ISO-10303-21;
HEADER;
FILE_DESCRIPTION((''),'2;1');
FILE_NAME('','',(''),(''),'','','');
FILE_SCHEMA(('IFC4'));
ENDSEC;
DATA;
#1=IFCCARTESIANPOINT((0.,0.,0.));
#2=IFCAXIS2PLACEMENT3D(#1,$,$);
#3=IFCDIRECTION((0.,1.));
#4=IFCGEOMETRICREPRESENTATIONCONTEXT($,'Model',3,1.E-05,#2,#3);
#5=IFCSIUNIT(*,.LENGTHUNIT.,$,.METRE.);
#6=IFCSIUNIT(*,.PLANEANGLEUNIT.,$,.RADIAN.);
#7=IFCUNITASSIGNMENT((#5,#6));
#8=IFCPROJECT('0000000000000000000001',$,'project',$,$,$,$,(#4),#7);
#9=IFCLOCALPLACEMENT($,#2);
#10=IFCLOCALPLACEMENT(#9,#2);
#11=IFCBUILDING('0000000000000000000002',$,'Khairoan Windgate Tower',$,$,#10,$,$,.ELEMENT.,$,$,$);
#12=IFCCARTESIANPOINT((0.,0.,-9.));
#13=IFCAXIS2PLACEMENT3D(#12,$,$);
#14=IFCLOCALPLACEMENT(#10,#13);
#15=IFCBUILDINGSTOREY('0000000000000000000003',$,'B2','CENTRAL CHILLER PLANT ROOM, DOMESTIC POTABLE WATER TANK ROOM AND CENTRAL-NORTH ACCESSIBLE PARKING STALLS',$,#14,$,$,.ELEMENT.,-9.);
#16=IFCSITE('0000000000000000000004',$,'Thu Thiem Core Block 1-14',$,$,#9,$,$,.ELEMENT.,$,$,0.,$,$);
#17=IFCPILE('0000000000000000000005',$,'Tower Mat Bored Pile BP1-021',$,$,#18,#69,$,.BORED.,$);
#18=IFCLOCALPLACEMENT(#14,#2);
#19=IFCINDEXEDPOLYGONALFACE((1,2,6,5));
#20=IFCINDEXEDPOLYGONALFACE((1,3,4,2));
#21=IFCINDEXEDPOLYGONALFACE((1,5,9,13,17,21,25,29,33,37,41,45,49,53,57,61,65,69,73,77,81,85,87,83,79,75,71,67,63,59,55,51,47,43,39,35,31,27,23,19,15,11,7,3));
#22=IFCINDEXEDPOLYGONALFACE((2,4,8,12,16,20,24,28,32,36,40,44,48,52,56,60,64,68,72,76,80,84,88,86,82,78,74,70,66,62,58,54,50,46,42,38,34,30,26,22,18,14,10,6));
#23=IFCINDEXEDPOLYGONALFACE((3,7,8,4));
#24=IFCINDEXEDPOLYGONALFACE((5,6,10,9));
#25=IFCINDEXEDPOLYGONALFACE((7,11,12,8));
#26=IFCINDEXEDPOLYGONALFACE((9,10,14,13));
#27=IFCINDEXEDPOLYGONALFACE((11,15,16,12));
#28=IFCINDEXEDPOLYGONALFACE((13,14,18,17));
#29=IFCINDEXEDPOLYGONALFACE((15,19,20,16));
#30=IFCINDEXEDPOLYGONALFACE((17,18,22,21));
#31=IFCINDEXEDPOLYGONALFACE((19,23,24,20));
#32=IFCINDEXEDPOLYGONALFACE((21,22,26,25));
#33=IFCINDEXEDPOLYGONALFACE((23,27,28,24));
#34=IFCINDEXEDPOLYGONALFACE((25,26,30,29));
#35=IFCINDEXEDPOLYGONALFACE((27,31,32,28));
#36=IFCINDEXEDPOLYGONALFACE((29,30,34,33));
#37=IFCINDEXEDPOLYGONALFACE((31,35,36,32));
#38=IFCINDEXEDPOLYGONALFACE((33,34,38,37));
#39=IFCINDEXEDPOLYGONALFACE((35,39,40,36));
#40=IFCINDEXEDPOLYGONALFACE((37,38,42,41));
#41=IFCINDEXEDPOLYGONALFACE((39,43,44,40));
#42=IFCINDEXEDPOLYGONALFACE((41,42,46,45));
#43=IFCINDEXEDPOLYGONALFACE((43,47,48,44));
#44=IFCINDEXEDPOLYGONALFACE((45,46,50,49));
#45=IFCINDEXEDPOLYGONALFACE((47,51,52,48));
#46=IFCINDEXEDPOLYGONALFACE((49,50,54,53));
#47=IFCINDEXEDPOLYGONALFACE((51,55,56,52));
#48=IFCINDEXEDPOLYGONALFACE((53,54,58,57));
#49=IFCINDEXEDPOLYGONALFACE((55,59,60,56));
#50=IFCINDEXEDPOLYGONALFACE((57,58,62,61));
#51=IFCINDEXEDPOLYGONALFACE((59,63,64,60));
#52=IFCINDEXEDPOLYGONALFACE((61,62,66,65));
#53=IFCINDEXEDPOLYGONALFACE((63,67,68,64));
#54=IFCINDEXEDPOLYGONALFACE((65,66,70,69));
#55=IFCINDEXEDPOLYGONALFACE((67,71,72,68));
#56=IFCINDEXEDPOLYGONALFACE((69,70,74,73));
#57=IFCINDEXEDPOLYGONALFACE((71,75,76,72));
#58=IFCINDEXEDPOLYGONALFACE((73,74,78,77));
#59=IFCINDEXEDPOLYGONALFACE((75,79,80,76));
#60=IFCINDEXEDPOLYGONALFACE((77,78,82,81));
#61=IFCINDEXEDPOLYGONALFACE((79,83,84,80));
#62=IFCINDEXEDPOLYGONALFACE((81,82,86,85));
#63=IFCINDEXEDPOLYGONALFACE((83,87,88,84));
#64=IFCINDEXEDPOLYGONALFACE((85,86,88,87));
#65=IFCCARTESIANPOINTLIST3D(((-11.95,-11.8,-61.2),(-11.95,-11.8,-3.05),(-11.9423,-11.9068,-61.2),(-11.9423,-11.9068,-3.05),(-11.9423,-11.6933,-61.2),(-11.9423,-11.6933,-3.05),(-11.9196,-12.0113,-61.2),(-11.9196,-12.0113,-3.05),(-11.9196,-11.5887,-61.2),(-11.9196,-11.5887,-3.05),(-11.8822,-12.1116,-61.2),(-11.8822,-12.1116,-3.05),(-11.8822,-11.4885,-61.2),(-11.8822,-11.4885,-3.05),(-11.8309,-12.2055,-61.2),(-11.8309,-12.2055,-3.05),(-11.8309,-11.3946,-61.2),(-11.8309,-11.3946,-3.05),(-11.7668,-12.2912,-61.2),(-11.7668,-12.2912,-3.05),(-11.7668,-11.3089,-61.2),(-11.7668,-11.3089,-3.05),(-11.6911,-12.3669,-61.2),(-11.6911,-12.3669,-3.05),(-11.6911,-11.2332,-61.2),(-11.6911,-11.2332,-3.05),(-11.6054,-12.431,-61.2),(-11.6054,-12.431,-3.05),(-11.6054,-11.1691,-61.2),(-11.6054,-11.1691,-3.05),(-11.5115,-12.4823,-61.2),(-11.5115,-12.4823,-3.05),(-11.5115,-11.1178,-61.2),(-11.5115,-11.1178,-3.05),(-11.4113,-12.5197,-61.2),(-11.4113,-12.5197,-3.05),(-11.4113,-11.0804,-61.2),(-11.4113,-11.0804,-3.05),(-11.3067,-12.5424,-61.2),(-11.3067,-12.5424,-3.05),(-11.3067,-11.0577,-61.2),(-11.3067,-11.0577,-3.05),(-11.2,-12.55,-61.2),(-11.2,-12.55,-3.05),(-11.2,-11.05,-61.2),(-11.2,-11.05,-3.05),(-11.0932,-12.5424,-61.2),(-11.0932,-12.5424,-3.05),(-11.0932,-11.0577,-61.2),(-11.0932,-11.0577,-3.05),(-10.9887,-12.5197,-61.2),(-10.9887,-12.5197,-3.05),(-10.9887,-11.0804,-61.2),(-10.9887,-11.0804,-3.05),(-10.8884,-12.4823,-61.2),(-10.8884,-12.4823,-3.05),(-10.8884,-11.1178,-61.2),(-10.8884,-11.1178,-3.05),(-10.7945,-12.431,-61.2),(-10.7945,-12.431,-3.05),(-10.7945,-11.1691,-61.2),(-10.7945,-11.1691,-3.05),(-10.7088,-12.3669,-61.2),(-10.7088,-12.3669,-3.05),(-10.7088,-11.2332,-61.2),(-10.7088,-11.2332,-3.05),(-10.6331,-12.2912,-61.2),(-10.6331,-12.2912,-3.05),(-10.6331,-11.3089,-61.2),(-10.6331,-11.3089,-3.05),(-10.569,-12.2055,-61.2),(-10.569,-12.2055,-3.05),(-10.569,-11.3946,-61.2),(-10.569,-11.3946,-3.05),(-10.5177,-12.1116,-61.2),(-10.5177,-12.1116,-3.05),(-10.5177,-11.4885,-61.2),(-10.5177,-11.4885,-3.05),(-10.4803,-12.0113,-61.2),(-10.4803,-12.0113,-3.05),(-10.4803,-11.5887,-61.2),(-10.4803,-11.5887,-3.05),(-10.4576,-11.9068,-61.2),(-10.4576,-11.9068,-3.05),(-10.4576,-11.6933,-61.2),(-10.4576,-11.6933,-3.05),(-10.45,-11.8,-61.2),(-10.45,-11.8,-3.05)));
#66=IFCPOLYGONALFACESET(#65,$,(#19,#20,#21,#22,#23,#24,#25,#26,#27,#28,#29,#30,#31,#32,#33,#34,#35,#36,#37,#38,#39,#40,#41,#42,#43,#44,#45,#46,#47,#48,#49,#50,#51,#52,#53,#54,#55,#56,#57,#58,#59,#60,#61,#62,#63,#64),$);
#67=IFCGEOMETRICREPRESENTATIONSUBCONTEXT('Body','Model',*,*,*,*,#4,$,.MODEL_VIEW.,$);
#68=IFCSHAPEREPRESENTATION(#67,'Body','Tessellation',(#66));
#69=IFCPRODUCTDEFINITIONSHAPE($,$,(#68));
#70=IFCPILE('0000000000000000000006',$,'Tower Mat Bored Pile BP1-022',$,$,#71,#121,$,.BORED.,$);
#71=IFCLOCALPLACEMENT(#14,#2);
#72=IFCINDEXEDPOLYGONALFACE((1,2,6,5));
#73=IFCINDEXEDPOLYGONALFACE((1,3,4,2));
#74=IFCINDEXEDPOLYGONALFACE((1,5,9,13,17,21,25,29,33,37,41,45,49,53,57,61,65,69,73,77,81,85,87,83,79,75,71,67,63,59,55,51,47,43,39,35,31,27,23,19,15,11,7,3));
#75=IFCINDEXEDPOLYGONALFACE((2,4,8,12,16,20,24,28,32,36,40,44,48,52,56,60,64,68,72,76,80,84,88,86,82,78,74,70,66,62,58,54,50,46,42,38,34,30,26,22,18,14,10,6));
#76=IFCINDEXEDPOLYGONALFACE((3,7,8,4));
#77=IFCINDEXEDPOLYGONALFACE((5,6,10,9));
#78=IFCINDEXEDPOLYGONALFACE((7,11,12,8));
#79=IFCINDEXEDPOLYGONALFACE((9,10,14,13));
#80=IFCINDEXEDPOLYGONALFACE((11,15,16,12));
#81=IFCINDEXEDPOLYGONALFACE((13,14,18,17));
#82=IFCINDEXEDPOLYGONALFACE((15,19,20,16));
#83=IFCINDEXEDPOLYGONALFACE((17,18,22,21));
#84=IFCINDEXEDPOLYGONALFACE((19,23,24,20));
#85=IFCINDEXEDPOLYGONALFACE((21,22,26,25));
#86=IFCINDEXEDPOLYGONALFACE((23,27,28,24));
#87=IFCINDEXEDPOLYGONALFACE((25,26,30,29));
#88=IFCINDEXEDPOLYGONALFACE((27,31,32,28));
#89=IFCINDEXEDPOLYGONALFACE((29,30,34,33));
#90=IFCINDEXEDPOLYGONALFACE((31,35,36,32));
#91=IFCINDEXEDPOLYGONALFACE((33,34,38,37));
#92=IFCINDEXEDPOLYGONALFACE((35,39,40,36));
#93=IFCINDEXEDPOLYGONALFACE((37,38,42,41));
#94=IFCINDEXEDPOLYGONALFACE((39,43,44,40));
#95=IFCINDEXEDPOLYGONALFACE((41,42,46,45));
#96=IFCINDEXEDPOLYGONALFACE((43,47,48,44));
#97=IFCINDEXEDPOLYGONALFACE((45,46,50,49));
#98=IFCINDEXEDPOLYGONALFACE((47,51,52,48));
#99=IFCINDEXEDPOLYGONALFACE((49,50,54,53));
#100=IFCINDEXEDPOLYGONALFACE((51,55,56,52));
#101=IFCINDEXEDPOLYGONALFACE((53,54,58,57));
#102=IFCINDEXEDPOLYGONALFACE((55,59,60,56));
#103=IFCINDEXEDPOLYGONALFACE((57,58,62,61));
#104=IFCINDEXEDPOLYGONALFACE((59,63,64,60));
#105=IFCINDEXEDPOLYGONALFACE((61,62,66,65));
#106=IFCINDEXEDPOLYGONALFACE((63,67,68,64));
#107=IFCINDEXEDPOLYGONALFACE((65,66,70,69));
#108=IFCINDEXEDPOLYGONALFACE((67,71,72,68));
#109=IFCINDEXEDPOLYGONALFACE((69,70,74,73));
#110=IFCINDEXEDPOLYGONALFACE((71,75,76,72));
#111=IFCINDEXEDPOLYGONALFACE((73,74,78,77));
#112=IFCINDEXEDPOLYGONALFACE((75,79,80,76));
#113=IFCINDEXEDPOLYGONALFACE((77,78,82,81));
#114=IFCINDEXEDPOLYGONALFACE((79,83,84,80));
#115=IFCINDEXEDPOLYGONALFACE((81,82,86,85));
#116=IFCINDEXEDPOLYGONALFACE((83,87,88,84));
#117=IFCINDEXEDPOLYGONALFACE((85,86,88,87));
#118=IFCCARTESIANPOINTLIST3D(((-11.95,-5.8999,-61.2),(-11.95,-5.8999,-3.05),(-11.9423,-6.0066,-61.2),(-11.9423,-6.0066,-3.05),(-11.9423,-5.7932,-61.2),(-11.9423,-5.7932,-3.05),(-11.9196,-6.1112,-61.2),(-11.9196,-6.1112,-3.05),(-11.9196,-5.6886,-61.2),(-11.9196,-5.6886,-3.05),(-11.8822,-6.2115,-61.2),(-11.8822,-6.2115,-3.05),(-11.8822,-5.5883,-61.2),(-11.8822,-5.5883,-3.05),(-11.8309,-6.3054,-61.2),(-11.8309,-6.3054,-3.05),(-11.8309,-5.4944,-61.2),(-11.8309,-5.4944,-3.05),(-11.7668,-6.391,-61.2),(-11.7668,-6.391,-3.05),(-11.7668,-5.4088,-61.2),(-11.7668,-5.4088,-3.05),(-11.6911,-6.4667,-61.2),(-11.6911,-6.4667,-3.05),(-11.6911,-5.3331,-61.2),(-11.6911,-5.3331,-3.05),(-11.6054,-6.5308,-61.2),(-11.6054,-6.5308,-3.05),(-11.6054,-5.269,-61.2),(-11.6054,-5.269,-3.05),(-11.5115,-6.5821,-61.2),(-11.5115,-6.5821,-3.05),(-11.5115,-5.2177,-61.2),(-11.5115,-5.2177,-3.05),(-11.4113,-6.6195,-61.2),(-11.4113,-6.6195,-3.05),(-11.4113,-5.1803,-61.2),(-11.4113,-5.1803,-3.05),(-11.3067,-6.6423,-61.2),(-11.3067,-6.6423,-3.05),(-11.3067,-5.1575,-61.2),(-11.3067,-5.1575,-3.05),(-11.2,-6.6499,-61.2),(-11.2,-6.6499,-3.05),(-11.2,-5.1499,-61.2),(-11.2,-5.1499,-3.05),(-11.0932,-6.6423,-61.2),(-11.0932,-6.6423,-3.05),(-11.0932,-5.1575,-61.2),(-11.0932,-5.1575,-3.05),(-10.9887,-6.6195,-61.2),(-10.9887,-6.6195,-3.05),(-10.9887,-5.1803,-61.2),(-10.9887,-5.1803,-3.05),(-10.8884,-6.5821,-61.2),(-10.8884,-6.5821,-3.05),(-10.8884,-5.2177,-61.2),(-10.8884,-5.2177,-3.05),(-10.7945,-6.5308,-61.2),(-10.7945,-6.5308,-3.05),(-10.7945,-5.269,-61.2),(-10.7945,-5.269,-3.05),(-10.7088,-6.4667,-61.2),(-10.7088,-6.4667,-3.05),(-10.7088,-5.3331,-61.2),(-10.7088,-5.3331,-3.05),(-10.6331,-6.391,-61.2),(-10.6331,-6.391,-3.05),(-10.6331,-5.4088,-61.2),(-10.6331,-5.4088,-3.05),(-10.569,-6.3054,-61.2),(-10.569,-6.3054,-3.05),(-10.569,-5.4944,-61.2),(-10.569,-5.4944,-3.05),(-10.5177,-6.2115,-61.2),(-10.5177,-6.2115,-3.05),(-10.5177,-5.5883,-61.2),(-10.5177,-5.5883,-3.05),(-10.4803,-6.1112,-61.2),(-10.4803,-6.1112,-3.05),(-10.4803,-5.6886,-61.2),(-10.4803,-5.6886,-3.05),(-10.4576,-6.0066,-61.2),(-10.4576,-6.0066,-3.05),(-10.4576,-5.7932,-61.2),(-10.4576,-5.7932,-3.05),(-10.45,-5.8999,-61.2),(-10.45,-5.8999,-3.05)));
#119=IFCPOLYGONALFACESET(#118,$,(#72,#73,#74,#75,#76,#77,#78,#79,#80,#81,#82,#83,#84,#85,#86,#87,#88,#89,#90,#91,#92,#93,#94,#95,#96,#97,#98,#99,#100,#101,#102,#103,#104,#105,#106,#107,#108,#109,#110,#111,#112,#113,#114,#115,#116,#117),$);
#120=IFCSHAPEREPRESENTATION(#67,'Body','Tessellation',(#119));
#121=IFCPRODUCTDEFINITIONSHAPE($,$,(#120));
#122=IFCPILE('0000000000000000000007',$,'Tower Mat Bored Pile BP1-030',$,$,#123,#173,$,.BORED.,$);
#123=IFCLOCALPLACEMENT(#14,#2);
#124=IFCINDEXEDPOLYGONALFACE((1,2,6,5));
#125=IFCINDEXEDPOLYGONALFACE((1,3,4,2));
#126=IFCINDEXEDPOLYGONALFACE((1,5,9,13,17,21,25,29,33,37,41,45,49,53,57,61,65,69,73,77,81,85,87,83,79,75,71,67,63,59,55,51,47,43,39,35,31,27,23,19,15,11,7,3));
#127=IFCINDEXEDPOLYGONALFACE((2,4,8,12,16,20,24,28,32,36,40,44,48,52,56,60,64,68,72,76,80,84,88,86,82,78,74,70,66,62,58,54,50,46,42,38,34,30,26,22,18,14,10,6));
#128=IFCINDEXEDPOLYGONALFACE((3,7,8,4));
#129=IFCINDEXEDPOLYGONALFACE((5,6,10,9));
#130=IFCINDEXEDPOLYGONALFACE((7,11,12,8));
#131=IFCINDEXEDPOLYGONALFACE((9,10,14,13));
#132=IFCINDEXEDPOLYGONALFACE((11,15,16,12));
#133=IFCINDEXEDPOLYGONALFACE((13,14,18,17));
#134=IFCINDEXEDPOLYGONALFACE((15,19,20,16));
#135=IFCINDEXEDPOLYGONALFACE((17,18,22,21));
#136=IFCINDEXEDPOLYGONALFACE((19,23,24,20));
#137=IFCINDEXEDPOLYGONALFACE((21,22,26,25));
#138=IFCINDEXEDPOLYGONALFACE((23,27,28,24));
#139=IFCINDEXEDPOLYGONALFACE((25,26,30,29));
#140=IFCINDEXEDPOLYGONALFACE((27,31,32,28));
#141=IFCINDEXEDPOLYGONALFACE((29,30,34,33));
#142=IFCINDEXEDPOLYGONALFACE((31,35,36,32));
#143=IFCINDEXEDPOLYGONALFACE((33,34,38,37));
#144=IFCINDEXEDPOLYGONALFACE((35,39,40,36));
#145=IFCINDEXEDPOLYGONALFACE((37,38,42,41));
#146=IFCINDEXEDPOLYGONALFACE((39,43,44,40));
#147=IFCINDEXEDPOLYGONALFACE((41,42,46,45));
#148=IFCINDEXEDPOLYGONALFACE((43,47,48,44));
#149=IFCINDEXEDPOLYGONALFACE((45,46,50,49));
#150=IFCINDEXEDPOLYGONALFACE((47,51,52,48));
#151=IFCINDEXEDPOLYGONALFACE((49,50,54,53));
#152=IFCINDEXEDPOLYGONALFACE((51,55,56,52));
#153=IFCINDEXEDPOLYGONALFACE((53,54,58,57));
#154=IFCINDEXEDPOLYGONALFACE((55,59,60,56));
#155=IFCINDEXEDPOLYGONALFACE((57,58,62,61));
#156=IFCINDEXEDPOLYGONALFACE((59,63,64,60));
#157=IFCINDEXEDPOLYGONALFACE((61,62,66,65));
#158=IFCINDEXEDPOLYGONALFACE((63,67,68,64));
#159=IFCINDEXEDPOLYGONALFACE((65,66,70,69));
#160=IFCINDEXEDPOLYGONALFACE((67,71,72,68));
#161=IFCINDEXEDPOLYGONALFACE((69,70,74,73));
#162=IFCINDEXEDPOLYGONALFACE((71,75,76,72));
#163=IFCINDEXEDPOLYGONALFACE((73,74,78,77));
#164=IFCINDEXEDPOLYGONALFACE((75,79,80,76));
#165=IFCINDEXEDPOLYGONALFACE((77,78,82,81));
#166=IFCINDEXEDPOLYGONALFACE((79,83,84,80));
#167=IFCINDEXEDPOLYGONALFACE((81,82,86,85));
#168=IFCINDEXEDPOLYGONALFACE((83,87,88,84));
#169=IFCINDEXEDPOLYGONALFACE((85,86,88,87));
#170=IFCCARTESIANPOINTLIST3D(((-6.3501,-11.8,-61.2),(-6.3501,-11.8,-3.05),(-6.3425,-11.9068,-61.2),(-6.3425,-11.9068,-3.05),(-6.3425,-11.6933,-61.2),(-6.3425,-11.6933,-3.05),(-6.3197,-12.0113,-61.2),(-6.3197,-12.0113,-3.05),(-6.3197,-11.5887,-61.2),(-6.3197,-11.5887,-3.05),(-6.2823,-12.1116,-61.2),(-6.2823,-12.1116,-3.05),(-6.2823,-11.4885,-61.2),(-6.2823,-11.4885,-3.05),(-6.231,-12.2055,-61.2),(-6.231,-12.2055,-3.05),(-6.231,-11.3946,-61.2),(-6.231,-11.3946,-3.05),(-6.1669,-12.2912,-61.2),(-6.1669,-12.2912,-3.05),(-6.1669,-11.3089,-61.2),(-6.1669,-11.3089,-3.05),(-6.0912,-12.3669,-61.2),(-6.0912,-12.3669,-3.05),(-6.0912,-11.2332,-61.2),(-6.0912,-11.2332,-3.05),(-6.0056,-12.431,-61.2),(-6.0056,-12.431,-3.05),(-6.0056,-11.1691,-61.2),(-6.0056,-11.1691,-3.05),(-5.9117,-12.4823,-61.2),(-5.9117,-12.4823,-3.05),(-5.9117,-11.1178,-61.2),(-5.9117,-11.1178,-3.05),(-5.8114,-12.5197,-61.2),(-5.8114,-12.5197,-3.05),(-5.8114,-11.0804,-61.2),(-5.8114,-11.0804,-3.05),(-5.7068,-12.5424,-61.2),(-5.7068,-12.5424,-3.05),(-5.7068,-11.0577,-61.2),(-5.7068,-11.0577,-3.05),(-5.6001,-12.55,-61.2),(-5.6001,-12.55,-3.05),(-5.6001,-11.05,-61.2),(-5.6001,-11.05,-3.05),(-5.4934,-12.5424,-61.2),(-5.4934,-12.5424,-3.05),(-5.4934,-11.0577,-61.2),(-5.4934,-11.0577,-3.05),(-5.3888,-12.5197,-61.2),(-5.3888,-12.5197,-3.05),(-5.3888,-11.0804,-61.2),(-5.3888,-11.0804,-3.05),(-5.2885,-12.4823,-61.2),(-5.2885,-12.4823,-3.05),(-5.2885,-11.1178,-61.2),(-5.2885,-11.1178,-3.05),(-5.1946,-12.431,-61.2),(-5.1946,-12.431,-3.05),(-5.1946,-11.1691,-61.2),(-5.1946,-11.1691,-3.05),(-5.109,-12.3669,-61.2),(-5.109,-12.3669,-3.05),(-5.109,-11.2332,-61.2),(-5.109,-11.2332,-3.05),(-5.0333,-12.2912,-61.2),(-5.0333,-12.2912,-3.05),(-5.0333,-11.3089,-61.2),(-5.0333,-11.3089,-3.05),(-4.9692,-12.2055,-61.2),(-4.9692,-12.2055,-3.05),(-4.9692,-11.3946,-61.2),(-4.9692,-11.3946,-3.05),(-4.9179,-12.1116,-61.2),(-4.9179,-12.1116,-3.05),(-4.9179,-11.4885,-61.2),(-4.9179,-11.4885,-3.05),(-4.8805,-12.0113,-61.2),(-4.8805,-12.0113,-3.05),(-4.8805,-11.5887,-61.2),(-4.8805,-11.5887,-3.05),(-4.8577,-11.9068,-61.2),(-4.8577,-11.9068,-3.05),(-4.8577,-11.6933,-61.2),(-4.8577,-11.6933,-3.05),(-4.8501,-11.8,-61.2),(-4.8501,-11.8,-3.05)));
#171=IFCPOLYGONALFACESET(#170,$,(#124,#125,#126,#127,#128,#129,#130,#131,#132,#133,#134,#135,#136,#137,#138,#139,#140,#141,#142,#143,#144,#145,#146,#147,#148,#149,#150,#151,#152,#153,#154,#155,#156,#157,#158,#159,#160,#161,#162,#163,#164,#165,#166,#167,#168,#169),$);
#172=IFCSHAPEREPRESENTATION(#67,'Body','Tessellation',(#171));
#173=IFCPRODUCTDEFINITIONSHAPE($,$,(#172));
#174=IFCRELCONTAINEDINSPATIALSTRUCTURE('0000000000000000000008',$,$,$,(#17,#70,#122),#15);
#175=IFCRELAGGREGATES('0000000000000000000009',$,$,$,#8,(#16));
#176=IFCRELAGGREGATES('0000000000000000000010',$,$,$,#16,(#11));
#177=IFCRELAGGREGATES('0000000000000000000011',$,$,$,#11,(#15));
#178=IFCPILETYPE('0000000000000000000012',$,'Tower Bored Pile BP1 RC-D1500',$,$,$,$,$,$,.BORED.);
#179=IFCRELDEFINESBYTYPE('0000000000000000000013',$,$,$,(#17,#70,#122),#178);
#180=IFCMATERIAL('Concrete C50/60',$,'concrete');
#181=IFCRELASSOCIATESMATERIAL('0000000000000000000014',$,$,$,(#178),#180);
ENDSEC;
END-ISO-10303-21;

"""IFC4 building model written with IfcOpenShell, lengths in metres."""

from ifc_helpers import new_model, si_unit, direction, frame, origin, origin_2d, place, context, subcontext, project, spatial, circle, extrude, material, material_profile, profile_set, type_object, element, save


model = new_model("IFC4")

# Units and contexts
model_context = context("Model", 3, precision=1e-05, world=origin(), true_north=direction((0.0, 1.0)))
body_context = subcontext(model_context, "Body", "Model", "MODEL_VIEW")
ifc_project = project(units=[si_unit("LENGTHUNIT", "METRE"), si_unit("PLANEANGLEUNIT", "RADIAN")], contexts=[model_context])

# Site, building, storey
site_placement = place(None, origin())
site = spatial("IfcSite", under=ifc_project, at=site_placement, Name="Thu Thiem Core Block 1-14", CompositionType="ELEMENT", RefElevation=0.0)
building_placement = place(site_placement, origin())
building = spatial("IfcBuilding", under=site, at=building_placement, Name="Khairoan Windgate Tower", CompositionType="ELEMENT")
storey_placement = place(building_placement, frame((0.0, 0.0, -9.0)))
storey = spatial("IfcBuildingStorey", under=building, at=storey_placement, Name="B2", Description="CENTRAL CHILLER PLANT ROOM, DOMESTIC POTABLE WATER TANK ROOM AND CENTRAL-NORTH ACCESSIBLE PARKING STALLS", CompositionType="ELEMENT", Elevation=-9.0)

# Piles
ifc_material_1 = material(Name="Concrete C50/60", Category="concrete")
ifc_material_profile_1 = material_profile(ifc_material_1, circle(Radius=0.75, at=origin_2d()))
ifc_profile_set_1 = profile_set([ifc_material_profile_1], Name="Concrete C50/60")
pile_type = type_object("IfcPileType", Name="Tower Bored Pile BP1 RC-D1500", PredefinedType="BORED", material=ifc_profile_set_1)
for number, where, z_axis, x_axis, name in (
    (1, (-11.2, -11.8, -3.05), (0.0, 0.0, -1.0), (1.0, 0.0, 0.0), "Tower Mat Bored Pile BP1-021"),
    (2, (-11.2, -5.8999, -3.05), (0.0, 0.0, -1.0), (1.0, 0.0, 0.0), "Tower Mat Bored Pile BP1-022"),
    (3, (-5.6001, -11.8, -3.05), (0.0, 0.0, -1.0), (1.0, 0.0, 0.0), "Tower Mat Bored Pile BP1-030"),
):
    element("IfcPile", number, at=place(storey_placement, frame(where, z_axis=z_axis, x_axis=x_axis)), inside=storey, type_object=pile_type, Name=name, PredefinedType="BORED", context=body_context, shape_type="SweptSolid", body=[
        extrude(circle(Radius=0.75, at=origin_2d()), origin(), (0.0, 0.0, 1.0), 58.1499),
    ])

save(model, "model.ifc")
